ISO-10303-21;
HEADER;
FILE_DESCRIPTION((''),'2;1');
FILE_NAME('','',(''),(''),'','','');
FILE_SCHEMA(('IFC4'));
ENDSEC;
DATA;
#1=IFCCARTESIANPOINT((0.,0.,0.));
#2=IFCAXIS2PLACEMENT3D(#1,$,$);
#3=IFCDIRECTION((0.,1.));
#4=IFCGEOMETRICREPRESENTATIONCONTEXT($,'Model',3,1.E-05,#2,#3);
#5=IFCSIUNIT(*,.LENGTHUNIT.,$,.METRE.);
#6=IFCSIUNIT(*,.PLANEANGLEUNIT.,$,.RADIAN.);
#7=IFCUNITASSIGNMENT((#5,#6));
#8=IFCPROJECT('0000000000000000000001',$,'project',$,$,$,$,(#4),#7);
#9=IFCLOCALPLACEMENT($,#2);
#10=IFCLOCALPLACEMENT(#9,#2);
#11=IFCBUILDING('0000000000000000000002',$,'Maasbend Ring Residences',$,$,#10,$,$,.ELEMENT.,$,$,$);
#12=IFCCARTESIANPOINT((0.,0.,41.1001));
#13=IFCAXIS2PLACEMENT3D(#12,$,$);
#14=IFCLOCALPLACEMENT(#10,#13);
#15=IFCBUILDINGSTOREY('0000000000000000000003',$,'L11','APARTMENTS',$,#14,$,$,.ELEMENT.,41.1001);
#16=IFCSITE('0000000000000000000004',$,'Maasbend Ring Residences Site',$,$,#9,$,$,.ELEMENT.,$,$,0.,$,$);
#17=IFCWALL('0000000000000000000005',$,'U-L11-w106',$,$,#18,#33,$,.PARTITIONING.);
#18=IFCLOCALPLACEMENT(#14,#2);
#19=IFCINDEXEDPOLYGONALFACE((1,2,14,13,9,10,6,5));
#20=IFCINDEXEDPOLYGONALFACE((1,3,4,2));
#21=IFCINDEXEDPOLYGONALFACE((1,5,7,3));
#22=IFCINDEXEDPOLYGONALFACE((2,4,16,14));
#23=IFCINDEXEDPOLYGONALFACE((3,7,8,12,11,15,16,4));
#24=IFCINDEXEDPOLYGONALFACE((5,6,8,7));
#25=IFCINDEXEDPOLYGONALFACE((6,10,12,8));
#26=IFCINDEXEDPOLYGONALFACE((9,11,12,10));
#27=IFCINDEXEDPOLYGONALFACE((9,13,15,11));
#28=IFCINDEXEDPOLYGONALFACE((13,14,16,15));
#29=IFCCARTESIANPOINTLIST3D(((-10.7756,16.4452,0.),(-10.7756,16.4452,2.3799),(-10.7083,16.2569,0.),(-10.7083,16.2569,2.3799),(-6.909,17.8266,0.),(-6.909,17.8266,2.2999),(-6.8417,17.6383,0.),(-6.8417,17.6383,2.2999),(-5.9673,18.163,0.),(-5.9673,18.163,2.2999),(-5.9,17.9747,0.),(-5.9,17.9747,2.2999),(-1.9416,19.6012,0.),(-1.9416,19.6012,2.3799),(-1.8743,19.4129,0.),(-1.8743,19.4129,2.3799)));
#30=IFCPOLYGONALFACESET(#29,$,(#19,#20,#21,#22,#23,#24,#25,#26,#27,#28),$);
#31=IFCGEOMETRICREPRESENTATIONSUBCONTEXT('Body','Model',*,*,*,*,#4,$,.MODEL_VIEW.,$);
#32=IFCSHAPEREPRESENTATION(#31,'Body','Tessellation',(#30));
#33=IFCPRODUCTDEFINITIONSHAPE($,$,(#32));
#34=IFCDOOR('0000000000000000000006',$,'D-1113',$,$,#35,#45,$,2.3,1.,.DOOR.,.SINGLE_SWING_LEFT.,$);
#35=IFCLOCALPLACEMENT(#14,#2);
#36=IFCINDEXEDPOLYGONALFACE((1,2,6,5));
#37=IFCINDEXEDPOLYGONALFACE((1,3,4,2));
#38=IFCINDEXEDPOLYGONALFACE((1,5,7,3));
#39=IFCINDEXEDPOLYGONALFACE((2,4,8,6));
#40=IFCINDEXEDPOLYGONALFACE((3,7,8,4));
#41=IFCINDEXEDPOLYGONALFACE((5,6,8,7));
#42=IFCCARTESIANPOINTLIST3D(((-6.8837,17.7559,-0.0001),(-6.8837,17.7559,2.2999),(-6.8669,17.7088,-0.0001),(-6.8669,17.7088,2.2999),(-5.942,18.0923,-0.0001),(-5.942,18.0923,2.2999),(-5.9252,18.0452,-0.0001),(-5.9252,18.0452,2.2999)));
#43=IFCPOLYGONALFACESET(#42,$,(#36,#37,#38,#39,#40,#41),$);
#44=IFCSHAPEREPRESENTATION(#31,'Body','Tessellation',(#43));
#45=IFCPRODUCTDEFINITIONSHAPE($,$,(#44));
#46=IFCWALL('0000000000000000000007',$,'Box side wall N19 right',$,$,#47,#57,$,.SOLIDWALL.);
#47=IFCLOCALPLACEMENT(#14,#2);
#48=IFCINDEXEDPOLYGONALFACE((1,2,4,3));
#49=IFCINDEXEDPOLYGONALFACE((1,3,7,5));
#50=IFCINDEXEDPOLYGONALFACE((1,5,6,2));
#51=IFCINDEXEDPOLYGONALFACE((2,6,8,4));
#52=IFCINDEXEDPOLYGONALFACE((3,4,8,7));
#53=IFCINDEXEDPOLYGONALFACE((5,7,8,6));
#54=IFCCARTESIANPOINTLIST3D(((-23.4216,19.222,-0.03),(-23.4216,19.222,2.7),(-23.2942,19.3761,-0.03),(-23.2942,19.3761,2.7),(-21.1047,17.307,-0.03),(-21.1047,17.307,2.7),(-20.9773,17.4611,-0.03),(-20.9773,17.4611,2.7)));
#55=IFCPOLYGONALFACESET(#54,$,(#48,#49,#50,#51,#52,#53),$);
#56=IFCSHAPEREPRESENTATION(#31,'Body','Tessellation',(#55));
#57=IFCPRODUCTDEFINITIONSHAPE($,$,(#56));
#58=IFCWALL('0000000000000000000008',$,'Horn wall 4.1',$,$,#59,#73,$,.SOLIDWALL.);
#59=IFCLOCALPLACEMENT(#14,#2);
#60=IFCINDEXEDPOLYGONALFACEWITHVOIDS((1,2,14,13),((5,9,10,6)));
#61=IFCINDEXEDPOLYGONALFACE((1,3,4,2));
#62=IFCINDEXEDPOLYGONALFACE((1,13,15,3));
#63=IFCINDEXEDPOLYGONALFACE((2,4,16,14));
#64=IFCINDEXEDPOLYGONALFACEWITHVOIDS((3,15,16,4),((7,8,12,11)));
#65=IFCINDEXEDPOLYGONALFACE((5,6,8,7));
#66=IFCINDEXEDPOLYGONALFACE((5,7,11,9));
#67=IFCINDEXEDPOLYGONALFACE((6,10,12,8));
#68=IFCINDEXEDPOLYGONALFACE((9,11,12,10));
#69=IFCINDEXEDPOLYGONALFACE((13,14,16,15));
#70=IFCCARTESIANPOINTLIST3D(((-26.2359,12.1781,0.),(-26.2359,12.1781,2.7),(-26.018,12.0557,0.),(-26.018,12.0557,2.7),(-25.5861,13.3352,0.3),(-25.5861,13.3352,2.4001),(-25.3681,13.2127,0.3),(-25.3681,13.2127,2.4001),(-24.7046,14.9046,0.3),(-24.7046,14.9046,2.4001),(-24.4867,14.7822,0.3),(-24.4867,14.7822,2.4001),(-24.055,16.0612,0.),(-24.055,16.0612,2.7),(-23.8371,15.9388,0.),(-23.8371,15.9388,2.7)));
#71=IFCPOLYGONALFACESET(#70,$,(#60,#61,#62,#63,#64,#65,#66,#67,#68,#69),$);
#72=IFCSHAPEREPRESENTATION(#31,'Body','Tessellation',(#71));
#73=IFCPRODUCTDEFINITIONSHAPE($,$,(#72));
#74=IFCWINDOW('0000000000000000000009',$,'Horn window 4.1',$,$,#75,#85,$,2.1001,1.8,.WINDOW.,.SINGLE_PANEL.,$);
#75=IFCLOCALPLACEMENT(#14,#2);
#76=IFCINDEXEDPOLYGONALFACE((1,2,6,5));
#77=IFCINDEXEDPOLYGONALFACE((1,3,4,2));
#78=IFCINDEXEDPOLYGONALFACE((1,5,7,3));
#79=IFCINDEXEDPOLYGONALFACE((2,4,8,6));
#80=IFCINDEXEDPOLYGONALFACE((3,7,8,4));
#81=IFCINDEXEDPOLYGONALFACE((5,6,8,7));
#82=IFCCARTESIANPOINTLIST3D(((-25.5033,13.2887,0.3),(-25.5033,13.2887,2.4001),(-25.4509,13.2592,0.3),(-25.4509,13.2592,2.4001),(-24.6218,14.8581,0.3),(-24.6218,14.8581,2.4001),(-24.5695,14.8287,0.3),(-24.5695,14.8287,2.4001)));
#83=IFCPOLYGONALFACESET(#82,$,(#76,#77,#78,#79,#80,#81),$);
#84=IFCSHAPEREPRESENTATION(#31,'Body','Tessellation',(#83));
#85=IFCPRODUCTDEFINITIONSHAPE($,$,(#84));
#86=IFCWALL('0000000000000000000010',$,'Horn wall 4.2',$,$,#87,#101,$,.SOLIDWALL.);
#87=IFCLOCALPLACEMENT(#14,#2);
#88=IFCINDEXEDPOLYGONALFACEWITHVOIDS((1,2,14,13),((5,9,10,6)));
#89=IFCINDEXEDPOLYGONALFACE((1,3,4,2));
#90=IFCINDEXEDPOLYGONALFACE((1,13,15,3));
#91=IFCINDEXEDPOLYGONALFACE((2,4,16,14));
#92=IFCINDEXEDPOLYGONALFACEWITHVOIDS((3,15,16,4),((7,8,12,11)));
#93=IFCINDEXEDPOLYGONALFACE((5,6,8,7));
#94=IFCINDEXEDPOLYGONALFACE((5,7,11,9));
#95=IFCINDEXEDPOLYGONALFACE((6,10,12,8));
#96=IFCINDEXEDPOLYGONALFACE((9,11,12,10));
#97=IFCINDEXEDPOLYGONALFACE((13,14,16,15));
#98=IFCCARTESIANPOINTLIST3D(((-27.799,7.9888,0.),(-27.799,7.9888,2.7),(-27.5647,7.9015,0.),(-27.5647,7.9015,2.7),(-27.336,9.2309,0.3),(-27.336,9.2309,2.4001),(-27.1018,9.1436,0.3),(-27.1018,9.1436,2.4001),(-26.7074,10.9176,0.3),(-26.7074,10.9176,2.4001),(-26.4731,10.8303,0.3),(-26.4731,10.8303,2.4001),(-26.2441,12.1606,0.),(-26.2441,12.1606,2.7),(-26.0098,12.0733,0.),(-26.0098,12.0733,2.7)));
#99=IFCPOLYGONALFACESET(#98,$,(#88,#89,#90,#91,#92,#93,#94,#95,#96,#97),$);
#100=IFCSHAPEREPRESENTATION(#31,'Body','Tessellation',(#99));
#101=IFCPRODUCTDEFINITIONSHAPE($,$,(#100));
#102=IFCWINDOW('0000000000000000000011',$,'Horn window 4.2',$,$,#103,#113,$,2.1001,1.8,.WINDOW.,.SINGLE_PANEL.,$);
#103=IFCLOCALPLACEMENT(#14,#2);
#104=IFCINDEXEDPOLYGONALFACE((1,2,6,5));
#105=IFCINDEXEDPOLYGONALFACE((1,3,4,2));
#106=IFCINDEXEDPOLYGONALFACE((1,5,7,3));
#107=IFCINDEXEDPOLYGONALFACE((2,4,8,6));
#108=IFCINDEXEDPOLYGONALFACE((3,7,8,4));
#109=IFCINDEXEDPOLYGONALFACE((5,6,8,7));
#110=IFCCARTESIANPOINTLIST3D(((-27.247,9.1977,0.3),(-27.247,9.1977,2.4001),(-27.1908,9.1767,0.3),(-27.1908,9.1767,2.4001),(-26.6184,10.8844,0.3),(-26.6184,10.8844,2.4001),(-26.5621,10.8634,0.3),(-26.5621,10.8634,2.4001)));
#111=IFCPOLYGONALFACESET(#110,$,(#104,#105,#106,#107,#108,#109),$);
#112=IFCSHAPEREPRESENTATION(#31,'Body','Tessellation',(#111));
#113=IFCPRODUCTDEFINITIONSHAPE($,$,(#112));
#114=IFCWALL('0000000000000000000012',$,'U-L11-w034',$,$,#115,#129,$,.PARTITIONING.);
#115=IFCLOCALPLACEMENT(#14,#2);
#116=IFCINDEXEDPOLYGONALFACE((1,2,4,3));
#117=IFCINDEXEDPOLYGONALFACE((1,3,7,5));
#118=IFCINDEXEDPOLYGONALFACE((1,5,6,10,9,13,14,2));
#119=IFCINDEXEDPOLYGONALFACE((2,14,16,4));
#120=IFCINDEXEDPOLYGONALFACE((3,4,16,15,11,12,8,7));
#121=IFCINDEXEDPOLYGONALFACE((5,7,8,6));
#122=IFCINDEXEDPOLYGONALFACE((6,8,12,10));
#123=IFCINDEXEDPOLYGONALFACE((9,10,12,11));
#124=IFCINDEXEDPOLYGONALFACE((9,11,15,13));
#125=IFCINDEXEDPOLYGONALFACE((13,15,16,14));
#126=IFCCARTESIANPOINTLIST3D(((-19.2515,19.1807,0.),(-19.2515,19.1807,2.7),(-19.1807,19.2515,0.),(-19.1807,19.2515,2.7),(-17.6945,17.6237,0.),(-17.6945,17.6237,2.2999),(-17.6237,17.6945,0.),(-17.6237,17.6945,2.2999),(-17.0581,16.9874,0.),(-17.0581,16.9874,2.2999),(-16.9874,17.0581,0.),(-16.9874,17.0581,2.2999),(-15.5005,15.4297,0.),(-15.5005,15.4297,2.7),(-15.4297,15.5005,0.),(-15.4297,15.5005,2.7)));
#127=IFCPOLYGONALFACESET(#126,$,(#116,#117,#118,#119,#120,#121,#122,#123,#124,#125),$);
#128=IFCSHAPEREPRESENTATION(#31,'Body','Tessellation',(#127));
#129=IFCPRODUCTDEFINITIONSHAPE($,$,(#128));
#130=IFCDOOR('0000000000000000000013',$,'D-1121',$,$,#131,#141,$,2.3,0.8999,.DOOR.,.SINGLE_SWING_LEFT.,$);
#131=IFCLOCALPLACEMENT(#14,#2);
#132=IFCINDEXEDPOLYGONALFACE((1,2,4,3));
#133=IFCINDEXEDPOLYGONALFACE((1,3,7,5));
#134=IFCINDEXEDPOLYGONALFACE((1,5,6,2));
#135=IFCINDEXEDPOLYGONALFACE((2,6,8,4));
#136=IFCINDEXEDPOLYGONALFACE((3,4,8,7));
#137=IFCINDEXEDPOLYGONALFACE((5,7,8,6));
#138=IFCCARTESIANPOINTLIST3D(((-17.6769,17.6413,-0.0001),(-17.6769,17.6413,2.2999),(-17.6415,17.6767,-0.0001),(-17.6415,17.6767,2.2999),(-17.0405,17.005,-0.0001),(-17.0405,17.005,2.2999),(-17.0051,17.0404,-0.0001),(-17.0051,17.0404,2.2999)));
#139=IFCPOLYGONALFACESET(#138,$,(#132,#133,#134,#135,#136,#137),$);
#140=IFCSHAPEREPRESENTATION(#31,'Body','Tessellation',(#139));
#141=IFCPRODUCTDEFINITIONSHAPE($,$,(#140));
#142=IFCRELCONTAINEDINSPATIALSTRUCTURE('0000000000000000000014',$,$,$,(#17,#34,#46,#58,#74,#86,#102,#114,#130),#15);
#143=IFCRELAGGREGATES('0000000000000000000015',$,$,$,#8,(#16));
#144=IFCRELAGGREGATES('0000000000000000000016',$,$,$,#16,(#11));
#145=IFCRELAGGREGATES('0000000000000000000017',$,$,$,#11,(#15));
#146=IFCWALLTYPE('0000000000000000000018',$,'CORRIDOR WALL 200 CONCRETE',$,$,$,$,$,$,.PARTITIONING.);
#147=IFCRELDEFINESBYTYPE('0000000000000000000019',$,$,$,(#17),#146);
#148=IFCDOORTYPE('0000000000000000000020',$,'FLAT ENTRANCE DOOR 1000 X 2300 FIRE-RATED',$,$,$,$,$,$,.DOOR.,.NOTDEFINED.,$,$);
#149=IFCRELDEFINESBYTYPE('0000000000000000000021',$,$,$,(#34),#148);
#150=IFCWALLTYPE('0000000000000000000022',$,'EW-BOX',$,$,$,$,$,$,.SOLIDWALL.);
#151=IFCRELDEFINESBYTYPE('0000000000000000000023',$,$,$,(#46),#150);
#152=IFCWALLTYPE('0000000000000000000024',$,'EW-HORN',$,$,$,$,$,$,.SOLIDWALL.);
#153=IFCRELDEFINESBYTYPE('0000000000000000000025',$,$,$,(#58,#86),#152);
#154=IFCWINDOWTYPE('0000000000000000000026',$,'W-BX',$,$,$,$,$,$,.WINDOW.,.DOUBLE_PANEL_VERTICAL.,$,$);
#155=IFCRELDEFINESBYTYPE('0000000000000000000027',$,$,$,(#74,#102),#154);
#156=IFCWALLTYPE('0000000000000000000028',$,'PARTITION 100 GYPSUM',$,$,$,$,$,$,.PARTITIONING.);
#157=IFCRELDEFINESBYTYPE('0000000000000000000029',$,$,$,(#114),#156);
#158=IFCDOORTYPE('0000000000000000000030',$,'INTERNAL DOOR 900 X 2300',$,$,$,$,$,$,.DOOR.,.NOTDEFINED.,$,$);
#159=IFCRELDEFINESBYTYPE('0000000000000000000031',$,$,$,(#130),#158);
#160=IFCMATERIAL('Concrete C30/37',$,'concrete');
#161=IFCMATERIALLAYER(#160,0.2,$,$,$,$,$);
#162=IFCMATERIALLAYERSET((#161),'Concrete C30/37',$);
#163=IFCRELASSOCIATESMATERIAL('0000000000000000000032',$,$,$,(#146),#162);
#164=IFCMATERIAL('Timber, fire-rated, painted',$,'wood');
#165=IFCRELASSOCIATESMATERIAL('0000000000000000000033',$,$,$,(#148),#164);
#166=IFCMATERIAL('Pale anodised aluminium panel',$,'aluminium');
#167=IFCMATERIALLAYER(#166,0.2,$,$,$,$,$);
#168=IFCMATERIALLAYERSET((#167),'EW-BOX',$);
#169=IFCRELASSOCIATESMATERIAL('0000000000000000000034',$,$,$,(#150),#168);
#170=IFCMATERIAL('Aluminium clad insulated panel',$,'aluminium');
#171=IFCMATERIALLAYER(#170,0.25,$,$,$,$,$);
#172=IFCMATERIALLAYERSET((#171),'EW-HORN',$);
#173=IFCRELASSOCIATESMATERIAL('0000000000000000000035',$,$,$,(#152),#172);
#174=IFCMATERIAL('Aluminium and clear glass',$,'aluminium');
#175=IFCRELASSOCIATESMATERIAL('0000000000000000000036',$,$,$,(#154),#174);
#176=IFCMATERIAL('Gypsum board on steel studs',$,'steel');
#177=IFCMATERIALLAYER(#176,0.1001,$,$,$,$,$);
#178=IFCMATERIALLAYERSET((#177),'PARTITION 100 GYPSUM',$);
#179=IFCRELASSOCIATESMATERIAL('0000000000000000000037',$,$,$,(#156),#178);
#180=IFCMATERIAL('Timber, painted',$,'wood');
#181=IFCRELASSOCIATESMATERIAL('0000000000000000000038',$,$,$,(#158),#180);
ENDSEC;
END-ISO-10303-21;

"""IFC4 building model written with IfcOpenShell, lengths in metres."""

from ifc_helpers import new_model, si_unit, direction, frame, frame_2d, origin, place, context, subcontext, project, spatial, rectangle, extrude, material, layer, layer_set, type_object, element, fill, save


model = new_model("IFC4")

# Units and contexts
model_context = context("Model", 3, precision=1e-05, world=origin(), true_north=direction((0.0, 1.0)))
body_context = subcontext(model_context, "Body", "Model", "MODEL_VIEW")
ifc_project = project(units=[si_unit("LENGTHUNIT", "METRE"), si_unit("PLANEANGLEUNIT", "RADIAN")], contexts=[model_context])

# Site, building, storey
site_placement = place(None, origin())
site = spatial("IfcSite", under=ifc_project, at=site_placement, Name="Maasbend Ring Residences Site", CompositionType="ELEMENT", RefElevation=0.0)
building_placement = place(site_placement, origin())
building = spatial("IfcBuilding", under=site, at=building_placement, Name="Maasbend Ring Residences", CompositionType="ELEMENT")
storey_placement = place(building_placement, frame((0.0, 0.0, 41.1001)))
storey = spatial("IfcBuildingStorey", under=building, at=storey_placement, Name="L11", Description="APARTMENTS", CompositionType="ELEMENT", Elevation=41.1001)

# Wall, opening, door
ifc_material_1 = material(Name="Concrete C30/37", Category="concrete")
ifc_layer_1 = layer(ifc_material_1, 0.2)
ifc_layer_set_1 = layer_set([ifc_layer_1], Name="Concrete C30/37")
wall_type_1 = type_object("IfcWallType", Name="CORRIDOR WALL 200 CONCRETE", PredefinedType="PARTITIONING", material=ifc_layer_set_1)
wall_1_placement = place(storey_placement, frame((-10.7419, 16.3511, 0.0), z_axis=(0.0, 0.0, 1.0), x_axis=(0.941708, 0.336432, 0.0)))
wall_1 = element("IfcWall", 1, at=wall_1_placement, inside=storey, type_object=wall_type_1, Name="U-L11-w106", PredefinedType="PARTITIONING", context=body_context, shape_type="SweptSolid", body=[
    extrude(rectangle(XDim=9.3809, YDim=0.2, at=frame_2d((4.6904, 0.0))), origin(), (0.0, 0.0, 1.0), 2.3799),
])
opening_1_placement = place(wall_1_placement, frame((4.106, 0.0, 0.0)))
opening_1 = element("IfcOpeningElement", 2, at=opening_1_placement, cuts=wall_1, PredefinedType="OPENING", context=body_context, shape_type="SweptSolid", body=[
    extrude(rectangle(XDim=1.0, YDim=2.3, at=frame_2d((0.5, 1.1499))), frame((0.0, 0.1099, 0.0), z_axis=(0.0, -1.0, 0.0), x_axis=(1.0, 0.0, 0.0)), (0.0, 0.0, 1.0), 0.22),
])
ifc_material_2 = material(Name="Timber, fire-rated, painted", Category="wood")
door_type_1 = type_object("IfcDoorType", Name="FLAT ENTRANCE DOOR 1000 X 2300 FIRE-RATED", OperationType="NOTDEFINED", PredefinedType="DOOR", material=ifc_material_2)
door_1_placement = place(opening_1_placement, origin())
door_1 = element("IfcDoor", 3, at=door_1_placement, inside=storey, type_object=door_type_1, Name="D-1113", OperationType="SINGLE_SWING_LEFT", OverallHeight=2.3, OverallWidth=1.0, PredefinedType="DOOR", context=body_context, shape_type="SweptSolid", body=[
    extrude(rectangle(XDim=1.0, YDim=2.3, at=frame_2d((0.5, 1.1499))), frame((0.0, 0.0249, 0.0), z_axis=(0.0, -1.0, 0.0), x_axis=(1.0, 0.0, 0.0)), (0.0, 0.0, 1.0), 0.05),
])
fill(opening_1, door_1)

# Wall
ifc_material_3 = material(Name="Pale anodised aluminium panel", Category="aluminium")
ifc_layer_2 = layer(ifc_material_3, 0.2)
ifc_layer_set_2 = layer_set([ifc_layer_2], Name="EW-BOX")
wall_type_2 = type_object("IfcWallType", Name="EW-BOX", PredefinedType="SOLIDWALL", material=ifc_layer_set_2)
wall_2_placement = place(storey_placement, frame((-21.041, 17.384, -0.03), z_axis=(0.0, 0.0, 1.0), x_axis=(-0.770785, 0.637096, 0.0)))
element("IfcWall", 4, at=wall_2_placement, inside=storey, type_object=wall_type_2, Name="Box side wall N19 right", PredefinedType="SOLIDWALL", context=body_context, shape_type="SweptSolid", body=[
    extrude(rectangle(XDim=3.0059, YDim=0.2, at=frame_2d((1.5029, 0.0))), origin(), (0.0, 0.0, 1.0), 2.73),
])

# Walls, openings, windows
ifc_material_4 = material(Name="Aluminium clad insulated panel", Category="aluminium")
ifc_layer_3 = layer(ifc_material_4, 0.25)
ifc_layer_set_3 = layer_set([ifc_layer_3], Name="EW-HORN")
wall_type_3 = type_object("IfcWallType", Name="EW-HORN", PredefinedType="SOLIDWALL", material=ifc_layer_set_3)
wall_3_placement = place(storey_placement, frame((-23.946, 16.0, 0.0), z_axis=(0.0, 0.0, 1.0), x_axis=(-0.489696, -0.871893, 0.0)))
wall_3 = element("IfcWall", 5, at=wall_3_placement, inside=storey, type_object=wall_type_3, Name="Horn wall 4.1", PredefinedType="SOLIDWALL", context=body_context, shape_type="SweptSolid", body=[
    extrude(rectangle(XDim=4.4536, YDim=0.25, at=frame_2d((2.2268, 0.0))), origin(), (0.0, 0.0, 1.0), 2.7),
])
opening_2_placement = place(wall_3_placement, frame((1.3267, 0.0, 0.3)))
opening_2 = element("IfcOpeningElement", 6, at=opening_2_placement, cuts=wall_3, PredefinedType="OPENING", context=body_context, shape_type="SweptSolid", body=[
    extrude(rectangle(XDim=1.8, YDim=2.1001, at=frame_2d((0.8999, 1.05))), frame((0.0, 0.135, 0.0), z_axis=(0.0, -1.0, 0.0), x_axis=(1.0, 0.0, 0.0)), (0.0, 0.0, 1.0), 0.27),
])
ifc_material_5 = material(Name="Aluminium and clear glass", Category="aluminium")
window_type = type_object("IfcWindowType", Name="W-BX", PartitioningType="DOUBLE_PANEL_VERTICAL", PredefinedType="WINDOW", material=ifc_material_5)
window_1_placement = place(opening_2_placement, origin())
window_1 = element("IfcWindow", 7, at=window_1_placement, inside=storey, type_object=window_type, Name="Horn window 4.1", OverallHeight=2.1001, OverallWidth=1.8, PartitioningType="SINGLE_PANEL", PredefinedType="WINDOW", context=body_context, shape_type="SweptSolid", body=[
    extrude(rectangle(XDim=1.8, YDim=2.1001, at=frame_2d((0.8999, 1.05))), frame((0.0, 0.03, 0.0), z_axis=(0.0, -1.0, 0.0), x_axis=(1.0, 0.0, 0.0)), (0.0, 0.0, 1.0), 0.0601),
])
fill(opening_2, window_1)
wall_4_placement = place(storey_placement, frame((-26.127, 12.1169, 0.0), z_axis=(0.0, 0.0, 1.0), x_axis=(-0.349248, -0.93703, 0.0)))
wall_4 = element("IfcWall", 8, at=wall_4_placement, inside=storey, type_object=wall_type_3, Name="Horn wall 4.2", PredefinedType="SOLIDWALL", context=body_context, shape_type="SweptSolid", body=[
    extrude(rectangle(XDim=4.4521, YDim=0.25, at=frame_2d((2.2261, 0.0))), origin(), (0.0, 0.0, 1.0), 2.7),
])
opening_3_placement = place(wall_4_placement, frame((1.3267, 0.0, 0.3)))
opening_3 = element("IfcOpeningElement", 9, at=opening_3_placement, cuts=wall_4, PredefinedType="OPENING", context=body_context, shape_type="SweptSolid", body=[
    extrude(rectangle(XDim=1.8, YDim=2.1001, at=frame_2d((0.8999, 1.05))), frame((0.0, 0.135, 0.0), z_axis=(0.0, -1.0, 0.0), x_axis=(1.0, 0.0, 0.0)), (0.0, 0.0, 1.0), 0.27),
])
window_2_placement = place(opening_3_placement, origin())
window_2 = element("IfcWindow", 10, at=window_2_placement, inside=storey, type_object=window_type, Name="Horn window 4.2", OverallHeight=2.1001, OverallWidth=1.8, PartitioningType="SINGLE_PANEL", PredefinedType="WINDOW", context=body_context, shape_type="SweptSolid", body=[
    extrude(rectangle(XDim=1.8, YDim=2.1001, at=frame_2d((0.8999, 1.05))), frame((0.0, 0.03, 0.0), z_axis=(0.0, -1.0, 0.0), x_axis=(1.0, 0.0, 0.0)), (0.0, 0.0, 1.0), 0.0601),
])
fill(opening_3, window_2)

# Wall, opening, door
ifc_material_6 = material(Name="Gypsum board on steel studs", Category="steel")
ifc_layer_4 = layer(ifc_material_6, 0.1001)
ifc_layer_set_4 = layer_set([ifc_layer_4], Name="PARTITION 100 GYPSUM")
wall_type_4 = type_object("IfcWallType", Name="PARTITION 100 GYPSUM", PredefinedType="PARTITIONING", material=ifc_layer_set_4)
wall_5_placement = place(storey_placement, frame((-19.2161, 19.2161, 0.0), z_axis=(0.0, 0.0, 1.0), x_axis=(0.707107, -0.707107, 0.0)))
wall_5 = element("IfcWall", 11, at=wall_5_placement, inside=storey, type_object=wall_type_4, Name="U-L11-w034", PredefinedType="PARTITIONING", context=body_context, shape_type="SweptSolid", body=[
    extrude(rectangle(XDim=5.3047, YDim=0.1001, at=frame_2d((2.6523, 0.0))), origin(), (0.0, 0.0, 1.0), 2.7),
])
opening_4_placement = place(wall_5_placement, frame((2.2019, 0.0, 0.0)))
opening_4 = element("IfcOpeningElement", 12, at=opening_4_placement, cuts=wall_5, PredefinedType="OPENING", context=body_context, shape_type="SweptSolid", body=[
    extrude(rectangle(XDim=0.8999, YDim=2.3, at=frame_2d((0.45, 1.1499))), frame((0.0, 0.0601, 0.0), z_axis=(0.0, -1.0, 0.0), x_axis=(1.0, 0.0, 0.0)), (0.0, 0.0, 1.0), 0.1201),
])
ifc_material_7 = material(Name="Timber, painted", Category="wood")
door_type_2 = type_object("IfcDoorType", Name="INTERNAL DOOR 900 X 2300", OperationType="NOTDEFINED", PredefinedType="DOOR", material=ifc_material_7)
door_2_placement = place(opening_4_placement, origin())
door_2 = element("IfcDoor", 13, at=door_2_placement, inside=storey, type_object=door_type_2, Name="D-1121", OperationType="SINGLE_SWING_LEFT", OverallHeight=2.3, OverallWidth=0.8999, PredefinedType="DOOR", context=body_context, shape_type="SweptSolid", body=[
    extrude(rectangle(XDim=0.8999, YDim=2.3, at=frame_2d((0.45, 1.1499))), frame((0.0, 0.0249, 0.0), z_axis=(0.0, -1.0, 0.0), x_axis=(1.0, 0.0, 0.0)), (0.0, 0.0, 1.0), 0.05),
])
fill(opening_4, door_2)

save(model, "model.ifc")
